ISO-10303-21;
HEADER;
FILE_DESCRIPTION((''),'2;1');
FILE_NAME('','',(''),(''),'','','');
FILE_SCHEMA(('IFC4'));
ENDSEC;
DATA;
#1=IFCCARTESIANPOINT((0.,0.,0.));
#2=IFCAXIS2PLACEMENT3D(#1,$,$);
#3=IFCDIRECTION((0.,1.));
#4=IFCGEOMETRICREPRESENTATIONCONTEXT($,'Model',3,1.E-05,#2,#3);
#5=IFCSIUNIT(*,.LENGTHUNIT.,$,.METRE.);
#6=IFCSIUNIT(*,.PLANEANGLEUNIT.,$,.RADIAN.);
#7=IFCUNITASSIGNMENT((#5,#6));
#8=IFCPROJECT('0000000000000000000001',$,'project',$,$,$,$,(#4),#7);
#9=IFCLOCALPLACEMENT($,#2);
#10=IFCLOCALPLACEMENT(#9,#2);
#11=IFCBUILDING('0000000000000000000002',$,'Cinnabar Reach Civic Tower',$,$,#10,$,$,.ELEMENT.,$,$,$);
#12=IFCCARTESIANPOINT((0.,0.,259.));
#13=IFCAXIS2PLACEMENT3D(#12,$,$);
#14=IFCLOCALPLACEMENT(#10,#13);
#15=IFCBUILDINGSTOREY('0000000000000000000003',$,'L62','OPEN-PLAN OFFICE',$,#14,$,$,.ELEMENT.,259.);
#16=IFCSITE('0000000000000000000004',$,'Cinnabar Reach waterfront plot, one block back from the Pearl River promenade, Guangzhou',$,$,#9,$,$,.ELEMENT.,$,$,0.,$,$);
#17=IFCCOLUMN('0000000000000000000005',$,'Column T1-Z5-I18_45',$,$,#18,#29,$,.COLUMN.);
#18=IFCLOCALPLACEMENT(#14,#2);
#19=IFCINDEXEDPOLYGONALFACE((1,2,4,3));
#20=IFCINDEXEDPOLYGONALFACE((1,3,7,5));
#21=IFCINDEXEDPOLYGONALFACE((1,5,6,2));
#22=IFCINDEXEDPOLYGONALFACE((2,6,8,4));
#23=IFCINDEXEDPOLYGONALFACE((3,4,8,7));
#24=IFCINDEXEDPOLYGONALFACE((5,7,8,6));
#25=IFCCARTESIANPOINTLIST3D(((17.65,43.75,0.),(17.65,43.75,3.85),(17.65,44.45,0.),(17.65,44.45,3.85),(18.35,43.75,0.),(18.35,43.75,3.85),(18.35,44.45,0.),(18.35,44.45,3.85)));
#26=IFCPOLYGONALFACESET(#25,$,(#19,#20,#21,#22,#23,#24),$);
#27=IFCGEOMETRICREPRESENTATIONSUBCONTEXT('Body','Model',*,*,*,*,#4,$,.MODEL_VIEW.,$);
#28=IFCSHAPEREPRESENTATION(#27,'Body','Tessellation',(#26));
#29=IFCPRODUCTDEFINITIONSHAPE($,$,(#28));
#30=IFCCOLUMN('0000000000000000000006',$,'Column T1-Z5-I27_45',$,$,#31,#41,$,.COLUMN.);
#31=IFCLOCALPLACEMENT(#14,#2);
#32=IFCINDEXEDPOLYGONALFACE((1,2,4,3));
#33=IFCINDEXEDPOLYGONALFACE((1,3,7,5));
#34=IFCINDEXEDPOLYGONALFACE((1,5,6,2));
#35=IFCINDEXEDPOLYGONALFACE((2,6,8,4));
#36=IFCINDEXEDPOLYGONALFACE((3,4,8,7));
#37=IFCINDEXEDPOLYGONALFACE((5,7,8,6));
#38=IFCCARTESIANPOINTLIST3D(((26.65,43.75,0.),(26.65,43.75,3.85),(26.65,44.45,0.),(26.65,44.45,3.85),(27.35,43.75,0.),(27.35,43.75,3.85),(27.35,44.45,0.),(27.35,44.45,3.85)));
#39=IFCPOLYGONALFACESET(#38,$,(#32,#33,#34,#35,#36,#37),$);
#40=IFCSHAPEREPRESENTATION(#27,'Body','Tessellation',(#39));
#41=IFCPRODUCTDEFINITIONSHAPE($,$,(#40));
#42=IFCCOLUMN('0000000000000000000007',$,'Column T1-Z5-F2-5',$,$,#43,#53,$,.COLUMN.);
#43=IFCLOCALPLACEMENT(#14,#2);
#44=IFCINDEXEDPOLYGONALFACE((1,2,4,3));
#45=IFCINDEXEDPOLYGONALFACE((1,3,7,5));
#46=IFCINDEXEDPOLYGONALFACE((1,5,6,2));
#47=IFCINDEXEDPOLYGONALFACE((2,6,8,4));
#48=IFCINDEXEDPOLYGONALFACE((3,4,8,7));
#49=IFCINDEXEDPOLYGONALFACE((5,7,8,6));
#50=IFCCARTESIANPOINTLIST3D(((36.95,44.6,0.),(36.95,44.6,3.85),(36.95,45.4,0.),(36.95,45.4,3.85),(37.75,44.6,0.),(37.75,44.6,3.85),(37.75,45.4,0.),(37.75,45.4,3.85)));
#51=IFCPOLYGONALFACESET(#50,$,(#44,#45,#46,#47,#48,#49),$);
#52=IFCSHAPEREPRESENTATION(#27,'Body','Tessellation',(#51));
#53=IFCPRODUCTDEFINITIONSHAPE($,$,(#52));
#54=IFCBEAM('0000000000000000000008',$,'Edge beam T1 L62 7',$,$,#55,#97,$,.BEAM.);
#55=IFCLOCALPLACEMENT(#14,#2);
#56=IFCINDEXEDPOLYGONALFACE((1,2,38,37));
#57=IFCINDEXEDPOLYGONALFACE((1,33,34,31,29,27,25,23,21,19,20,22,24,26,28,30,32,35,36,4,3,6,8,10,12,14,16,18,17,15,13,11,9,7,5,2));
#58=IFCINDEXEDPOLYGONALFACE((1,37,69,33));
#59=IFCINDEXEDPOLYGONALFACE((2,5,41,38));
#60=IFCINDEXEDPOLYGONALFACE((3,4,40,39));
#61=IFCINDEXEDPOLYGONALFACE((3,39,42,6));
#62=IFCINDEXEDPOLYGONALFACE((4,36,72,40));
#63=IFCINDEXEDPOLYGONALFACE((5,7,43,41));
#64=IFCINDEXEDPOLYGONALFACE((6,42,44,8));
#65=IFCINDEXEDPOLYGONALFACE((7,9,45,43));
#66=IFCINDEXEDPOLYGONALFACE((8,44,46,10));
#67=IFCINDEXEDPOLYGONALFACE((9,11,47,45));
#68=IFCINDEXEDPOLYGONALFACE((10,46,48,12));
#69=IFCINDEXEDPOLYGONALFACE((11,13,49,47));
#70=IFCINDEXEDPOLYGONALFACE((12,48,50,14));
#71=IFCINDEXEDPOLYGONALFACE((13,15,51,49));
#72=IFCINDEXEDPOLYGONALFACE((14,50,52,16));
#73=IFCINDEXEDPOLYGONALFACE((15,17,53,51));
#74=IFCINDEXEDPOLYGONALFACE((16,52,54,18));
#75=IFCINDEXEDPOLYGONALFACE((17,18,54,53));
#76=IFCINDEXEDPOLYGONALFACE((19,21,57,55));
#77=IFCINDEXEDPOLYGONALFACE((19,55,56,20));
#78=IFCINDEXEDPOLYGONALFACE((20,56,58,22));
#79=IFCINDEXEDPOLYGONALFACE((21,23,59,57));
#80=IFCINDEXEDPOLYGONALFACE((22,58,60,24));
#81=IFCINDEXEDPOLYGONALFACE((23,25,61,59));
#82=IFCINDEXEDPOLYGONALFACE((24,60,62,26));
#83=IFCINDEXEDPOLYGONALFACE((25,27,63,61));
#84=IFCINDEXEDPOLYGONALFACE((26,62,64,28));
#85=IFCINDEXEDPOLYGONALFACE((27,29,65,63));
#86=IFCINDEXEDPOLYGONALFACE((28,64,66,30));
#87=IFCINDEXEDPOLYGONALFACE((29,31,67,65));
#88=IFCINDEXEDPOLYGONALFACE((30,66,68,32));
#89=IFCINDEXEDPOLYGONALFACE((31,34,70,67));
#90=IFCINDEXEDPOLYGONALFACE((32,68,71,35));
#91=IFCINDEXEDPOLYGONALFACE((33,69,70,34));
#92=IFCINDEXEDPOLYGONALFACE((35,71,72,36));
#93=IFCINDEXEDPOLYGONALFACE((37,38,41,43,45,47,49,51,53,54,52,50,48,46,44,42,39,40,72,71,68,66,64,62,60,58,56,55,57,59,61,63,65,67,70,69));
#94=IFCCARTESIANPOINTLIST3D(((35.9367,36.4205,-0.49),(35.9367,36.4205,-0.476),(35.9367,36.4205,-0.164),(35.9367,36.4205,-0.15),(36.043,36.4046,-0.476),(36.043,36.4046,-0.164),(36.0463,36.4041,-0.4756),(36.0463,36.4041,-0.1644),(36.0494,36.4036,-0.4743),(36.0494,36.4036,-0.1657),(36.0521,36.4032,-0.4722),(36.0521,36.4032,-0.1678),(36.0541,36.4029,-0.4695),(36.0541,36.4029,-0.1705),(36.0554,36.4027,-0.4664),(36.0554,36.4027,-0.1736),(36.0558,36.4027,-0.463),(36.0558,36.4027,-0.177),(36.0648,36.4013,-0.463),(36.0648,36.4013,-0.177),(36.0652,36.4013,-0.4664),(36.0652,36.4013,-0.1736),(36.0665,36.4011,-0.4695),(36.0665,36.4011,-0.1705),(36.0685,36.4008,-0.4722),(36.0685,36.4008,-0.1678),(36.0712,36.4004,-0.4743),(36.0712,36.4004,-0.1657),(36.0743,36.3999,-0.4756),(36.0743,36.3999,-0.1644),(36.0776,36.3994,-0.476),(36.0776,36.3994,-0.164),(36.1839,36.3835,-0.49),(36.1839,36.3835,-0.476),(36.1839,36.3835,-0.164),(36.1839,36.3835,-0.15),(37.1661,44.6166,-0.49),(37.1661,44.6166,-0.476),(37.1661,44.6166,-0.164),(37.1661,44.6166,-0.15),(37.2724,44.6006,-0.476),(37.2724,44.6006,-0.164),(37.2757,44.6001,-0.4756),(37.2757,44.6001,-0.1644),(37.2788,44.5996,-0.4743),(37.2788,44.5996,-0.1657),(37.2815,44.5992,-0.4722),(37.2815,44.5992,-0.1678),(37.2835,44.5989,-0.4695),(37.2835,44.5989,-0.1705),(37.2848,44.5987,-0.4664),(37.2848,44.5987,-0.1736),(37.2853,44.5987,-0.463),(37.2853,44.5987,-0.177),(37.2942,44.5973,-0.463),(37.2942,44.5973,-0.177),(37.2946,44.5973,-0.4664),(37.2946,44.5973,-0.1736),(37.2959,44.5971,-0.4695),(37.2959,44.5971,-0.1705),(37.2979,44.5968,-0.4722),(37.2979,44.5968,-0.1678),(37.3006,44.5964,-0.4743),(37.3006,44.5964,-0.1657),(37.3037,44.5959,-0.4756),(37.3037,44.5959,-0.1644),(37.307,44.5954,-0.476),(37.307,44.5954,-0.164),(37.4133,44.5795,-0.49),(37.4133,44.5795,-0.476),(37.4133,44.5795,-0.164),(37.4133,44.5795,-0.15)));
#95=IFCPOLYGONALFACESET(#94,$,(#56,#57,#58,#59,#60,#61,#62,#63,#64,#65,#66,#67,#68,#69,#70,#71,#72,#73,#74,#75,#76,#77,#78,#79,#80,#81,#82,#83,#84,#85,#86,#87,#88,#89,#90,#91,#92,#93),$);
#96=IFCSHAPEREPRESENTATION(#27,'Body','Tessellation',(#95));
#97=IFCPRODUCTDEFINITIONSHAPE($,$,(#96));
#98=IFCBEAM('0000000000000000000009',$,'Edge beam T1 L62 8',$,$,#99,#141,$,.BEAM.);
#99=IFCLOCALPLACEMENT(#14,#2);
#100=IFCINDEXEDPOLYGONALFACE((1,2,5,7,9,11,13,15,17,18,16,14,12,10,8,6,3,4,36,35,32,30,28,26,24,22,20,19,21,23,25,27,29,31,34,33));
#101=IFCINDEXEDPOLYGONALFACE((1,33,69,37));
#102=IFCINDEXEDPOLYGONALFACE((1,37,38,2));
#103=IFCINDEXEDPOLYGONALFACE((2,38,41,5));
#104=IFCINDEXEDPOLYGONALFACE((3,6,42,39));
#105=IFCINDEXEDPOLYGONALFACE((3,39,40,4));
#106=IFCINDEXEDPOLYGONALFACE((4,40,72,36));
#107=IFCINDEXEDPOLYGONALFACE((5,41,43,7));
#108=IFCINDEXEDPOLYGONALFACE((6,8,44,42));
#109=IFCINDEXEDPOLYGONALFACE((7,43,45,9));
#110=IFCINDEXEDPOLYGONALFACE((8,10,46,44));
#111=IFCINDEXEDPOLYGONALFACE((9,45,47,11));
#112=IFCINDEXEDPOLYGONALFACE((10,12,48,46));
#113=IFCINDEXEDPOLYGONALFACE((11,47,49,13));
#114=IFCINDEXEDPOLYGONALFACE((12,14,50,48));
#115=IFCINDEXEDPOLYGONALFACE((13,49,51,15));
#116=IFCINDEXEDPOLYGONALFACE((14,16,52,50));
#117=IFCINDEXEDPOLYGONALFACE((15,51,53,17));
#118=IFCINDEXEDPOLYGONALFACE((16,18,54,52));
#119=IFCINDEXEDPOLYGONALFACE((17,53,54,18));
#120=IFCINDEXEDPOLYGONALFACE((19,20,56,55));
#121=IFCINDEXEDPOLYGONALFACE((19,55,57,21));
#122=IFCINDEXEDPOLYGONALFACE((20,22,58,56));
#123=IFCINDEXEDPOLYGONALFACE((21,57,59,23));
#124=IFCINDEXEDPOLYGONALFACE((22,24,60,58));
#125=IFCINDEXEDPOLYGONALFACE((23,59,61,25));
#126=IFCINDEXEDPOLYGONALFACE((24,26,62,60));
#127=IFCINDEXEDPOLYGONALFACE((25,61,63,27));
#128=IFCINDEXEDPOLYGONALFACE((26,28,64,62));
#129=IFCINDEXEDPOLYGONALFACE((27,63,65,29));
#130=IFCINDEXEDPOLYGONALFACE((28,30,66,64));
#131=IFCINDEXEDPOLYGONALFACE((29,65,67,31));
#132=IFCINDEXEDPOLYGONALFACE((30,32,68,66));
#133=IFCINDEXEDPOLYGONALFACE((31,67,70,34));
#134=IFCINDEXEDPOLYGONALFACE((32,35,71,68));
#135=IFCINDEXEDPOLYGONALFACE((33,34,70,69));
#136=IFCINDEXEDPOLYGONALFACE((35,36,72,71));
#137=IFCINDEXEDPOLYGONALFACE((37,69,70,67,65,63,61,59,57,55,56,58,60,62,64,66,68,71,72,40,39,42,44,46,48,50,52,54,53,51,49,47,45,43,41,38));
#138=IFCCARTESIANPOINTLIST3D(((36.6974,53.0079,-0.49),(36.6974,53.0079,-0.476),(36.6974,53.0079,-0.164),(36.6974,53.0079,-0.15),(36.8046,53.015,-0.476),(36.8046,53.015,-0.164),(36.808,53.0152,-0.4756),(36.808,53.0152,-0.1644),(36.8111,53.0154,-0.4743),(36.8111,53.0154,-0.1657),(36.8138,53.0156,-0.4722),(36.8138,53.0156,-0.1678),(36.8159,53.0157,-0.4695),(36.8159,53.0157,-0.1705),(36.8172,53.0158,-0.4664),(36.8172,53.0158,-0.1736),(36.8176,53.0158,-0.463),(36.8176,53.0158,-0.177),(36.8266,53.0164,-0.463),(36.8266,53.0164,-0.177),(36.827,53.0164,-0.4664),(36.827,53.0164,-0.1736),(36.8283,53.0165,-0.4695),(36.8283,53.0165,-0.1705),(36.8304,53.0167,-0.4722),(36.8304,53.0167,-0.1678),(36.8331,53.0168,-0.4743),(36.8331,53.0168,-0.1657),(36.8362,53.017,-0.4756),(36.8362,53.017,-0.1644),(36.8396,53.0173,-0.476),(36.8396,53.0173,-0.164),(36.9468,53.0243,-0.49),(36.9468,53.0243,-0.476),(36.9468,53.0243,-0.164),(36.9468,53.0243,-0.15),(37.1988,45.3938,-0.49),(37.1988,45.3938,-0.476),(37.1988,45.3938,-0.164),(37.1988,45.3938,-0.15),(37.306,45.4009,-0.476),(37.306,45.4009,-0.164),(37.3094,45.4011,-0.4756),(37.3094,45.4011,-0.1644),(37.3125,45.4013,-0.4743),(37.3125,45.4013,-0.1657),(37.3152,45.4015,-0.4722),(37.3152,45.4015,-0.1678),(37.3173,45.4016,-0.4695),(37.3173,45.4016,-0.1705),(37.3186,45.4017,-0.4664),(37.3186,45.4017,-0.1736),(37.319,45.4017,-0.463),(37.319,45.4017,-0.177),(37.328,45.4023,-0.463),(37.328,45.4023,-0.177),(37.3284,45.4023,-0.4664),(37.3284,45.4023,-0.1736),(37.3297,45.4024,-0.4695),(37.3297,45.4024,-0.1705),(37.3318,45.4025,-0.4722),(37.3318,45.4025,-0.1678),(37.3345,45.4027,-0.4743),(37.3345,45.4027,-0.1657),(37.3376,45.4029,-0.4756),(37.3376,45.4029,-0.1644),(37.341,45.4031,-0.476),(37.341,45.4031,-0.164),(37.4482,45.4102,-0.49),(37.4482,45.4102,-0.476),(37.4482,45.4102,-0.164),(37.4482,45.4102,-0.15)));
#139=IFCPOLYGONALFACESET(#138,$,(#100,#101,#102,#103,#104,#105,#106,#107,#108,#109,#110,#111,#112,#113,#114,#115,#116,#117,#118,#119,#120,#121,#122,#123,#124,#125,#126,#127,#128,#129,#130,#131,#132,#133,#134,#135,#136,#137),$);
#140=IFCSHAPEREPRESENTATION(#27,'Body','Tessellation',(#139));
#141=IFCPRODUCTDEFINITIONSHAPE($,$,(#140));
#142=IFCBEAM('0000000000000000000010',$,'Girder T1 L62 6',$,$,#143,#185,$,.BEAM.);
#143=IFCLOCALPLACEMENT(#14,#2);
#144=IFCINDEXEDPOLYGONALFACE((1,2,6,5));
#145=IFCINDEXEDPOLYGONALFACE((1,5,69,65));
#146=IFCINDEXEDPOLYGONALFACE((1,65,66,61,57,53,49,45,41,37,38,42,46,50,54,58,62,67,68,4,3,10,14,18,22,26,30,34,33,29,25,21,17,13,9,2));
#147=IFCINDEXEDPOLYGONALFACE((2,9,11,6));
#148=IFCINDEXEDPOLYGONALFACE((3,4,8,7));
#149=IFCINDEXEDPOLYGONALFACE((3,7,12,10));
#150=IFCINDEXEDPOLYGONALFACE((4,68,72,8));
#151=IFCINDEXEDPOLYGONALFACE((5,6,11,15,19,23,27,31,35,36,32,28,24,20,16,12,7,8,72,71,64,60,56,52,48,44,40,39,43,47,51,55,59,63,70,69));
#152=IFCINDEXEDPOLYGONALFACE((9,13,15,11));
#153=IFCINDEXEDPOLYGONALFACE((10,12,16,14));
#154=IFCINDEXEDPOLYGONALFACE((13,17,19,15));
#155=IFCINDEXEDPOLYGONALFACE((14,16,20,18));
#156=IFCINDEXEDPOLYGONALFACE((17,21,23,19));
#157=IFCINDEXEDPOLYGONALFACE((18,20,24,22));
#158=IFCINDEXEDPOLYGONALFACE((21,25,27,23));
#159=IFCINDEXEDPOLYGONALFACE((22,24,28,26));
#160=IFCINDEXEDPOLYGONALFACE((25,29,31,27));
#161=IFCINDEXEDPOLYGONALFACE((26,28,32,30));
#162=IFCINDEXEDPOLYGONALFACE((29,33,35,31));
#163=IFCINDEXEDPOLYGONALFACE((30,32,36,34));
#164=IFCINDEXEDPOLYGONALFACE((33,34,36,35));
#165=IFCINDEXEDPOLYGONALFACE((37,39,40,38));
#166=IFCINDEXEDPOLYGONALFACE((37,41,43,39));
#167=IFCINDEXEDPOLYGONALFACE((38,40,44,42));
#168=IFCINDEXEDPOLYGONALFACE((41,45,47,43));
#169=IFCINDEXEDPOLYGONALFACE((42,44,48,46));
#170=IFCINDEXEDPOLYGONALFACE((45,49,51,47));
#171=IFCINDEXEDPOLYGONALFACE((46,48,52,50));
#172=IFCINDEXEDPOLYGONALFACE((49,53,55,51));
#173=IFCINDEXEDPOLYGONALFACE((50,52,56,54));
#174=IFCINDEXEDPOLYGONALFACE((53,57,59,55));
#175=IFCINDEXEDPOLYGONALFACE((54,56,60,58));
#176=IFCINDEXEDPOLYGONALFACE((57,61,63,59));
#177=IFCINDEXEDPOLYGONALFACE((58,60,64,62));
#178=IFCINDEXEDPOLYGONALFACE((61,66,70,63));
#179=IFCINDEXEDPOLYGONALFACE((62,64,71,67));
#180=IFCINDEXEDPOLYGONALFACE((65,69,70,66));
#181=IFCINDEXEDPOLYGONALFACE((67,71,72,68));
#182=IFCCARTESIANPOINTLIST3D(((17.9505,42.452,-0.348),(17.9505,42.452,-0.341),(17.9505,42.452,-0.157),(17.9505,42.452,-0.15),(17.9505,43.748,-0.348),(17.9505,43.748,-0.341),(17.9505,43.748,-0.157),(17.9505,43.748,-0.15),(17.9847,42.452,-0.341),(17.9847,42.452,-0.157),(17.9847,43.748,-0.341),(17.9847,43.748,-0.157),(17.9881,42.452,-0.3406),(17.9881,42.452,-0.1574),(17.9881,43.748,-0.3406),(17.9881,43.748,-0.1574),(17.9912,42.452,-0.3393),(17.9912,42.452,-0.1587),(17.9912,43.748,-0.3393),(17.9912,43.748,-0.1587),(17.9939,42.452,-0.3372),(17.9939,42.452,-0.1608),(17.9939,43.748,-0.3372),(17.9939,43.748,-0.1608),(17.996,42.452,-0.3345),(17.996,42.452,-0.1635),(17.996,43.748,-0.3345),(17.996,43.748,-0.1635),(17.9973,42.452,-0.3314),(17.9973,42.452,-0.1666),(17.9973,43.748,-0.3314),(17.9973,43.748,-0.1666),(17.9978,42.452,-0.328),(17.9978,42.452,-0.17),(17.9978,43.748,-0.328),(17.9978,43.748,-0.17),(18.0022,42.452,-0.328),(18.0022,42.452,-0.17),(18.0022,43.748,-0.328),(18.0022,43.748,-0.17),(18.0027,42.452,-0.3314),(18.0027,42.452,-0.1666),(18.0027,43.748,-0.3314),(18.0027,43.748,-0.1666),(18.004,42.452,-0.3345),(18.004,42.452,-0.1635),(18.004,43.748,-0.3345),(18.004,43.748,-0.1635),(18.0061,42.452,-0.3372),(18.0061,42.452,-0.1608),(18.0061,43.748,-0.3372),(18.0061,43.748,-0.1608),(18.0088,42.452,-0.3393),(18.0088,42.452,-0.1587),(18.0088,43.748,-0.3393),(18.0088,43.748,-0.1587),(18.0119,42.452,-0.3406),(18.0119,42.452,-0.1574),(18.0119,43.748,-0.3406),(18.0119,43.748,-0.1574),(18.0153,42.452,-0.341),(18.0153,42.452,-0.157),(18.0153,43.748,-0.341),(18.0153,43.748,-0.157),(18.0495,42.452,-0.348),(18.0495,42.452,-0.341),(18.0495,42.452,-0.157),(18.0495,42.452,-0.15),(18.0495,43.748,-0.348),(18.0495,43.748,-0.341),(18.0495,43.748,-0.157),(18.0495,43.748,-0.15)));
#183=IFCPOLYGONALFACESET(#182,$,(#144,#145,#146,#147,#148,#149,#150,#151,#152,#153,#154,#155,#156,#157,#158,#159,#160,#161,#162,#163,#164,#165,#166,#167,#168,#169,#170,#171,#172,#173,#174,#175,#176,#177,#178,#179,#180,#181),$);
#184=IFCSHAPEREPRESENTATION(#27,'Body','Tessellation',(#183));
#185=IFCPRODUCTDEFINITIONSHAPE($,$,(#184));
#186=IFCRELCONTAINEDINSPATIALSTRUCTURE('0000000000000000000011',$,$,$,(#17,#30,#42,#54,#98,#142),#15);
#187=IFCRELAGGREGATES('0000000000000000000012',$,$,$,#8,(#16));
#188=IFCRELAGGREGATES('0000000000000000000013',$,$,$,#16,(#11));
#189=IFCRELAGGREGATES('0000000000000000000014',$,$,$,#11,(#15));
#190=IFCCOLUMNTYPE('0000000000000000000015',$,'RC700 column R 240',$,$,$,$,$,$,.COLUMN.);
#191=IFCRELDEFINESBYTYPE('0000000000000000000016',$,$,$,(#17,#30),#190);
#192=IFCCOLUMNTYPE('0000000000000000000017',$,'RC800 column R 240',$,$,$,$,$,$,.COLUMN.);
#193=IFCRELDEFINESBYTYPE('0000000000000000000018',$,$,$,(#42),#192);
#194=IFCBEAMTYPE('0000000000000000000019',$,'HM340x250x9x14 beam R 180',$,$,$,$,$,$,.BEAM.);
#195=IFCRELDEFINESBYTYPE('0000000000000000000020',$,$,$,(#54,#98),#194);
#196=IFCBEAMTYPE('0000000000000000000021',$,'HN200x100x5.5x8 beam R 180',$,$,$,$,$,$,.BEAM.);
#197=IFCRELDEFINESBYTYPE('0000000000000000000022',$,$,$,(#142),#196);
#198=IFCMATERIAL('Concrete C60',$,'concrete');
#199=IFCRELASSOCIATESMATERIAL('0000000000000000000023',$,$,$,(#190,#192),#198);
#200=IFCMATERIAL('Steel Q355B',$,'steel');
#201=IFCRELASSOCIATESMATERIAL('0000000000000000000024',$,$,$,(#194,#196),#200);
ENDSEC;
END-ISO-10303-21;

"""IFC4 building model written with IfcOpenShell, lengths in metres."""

from ifc_helpers import new_model, si_unit, direction, frame, origin, origin_2d, place, context, subcontext, project, spatial, rectangle, i_section, extrude, material, material_profile, profile_set, type_object, element, save


model = new_model("IFC4")

# Units and contexts
model_context = context("Model", 3, precision=1e-05, world=origin(), true_north=direction((0.0, 1.0)))
body_context = subcontext(model_context, "Body", "Model", "MODEL_VIEW")
ifc_project = project(units=[si_unit("LENGTHUNIT", "METRE"), si_unit("PLANEANGLEUNIT", "RADIAN")], contexts=[model_context])

# Site, building, storey
site_placement = place(None, origin())
site = spatial("IfcSite", under=ifc_project, at=site_placement, Name="Cinnabar Reach waterfront plot, one block back from the Pearl River promenade, Guangzhou", CompositionType="ELEMENT", RefElevation=0.0)
building_placement = place(site_placement, origin())
building = spatial("IfcBuilding", under=site, at=building_placement, Name="Cinnabar Reach Civic Tower", CompositionType="ELEMENT")
storey_placement = place(building_placement, frame((0.0, 0.0, 259.0)))
storey = spatial("IfcBuildingStorey", under=building, at=storey_placement, Name="L62", Description="OPEN-PLAN OFFICE", CompositionType="ELEMENT", Elevation=259.0)

# Columns
ifc_material_1 = material(Name="Concrete C60", Category="concrete")
ifc_material_profile_1 = material_profile(ifc_material_1, rectangle(XDim=0.7, YDim=0.7, at=origin_2d()), Name="RC700")
ifc_profile_set_1 = profile_set([ifc_material_profile_1], Name="Concrete C60")
column_type_1 = type_object("IfcColumnType", Name="RC700 column R 240", PredefinedType="COLUMN", material=ifc_profile_set_1)
for number, where, z_axis, x_axis, name in (
    (1, (18.0, 44.1, 0.0), (0.0, 0.0, 1.0), (1.0, 0.0, 0.0), "Column T1-Z5-I18_45"),
    (2, (27.0, 44.1, 0.0), (0.0, 0.0, 1.0), (1.0, 0.0, 0.0), "Column T1-Z5-I27_45"),
):
    element("IfcColumn", number, at=place(storey_placement, frame(where, z_axis=z_axis, x_axis=x_axis)), inside=storey, type_object=column_type_1, Name=name, PredefinedType="COLUMN", context=body_context, shape_type="SweptSolid", body=[
        extrude(rectangle(XDim=0.7, YDim=0.7, at=origin_2d()), origin(), (0.0, 0.0, 1.0), 3.85),
    ])
ifc_material_profile_2 = material_profile(ifc_material_1, rectangle(XDim=0.8, YDim=0.8, at=origin_2d()), Name="RC800")
ifc_profile_set_2 = profile_set([ifc_material_profile_2], Name="Concrete C60")
column_type_2 = type_object("IfcColumnType", Name="RC800 column R 240", PredefinedType="COLUMN", material=ifc_profile_set_2)
column_placement = place(storey_placement, frame((37.35, 45.0, 0.0), z_axis=(0.0, 0.0, 1.0), x_axis=(1.0, 0.0, 0.0)))
element("IfcColumn", 3, at=column_placement, inside=storey, type_object=column_type_2, Name="Column T1-Z5-F2-5", PredefinedType="COLUMN", context=body_context, shape_type="SweptSolid", body=[
    extrude(rectangle(XDim=0.8, YDim=0.8, at=origin_2d()), origin(), (0.0, 0.0, 1.0), 3.85),
])

# Beams
ifc_material_2 = material(Name="Steel Q355B", Category="steel")
ifc_material_profile_3 = material_profile(ifc_material_2, i_section(OverallWidth=0.25, OverallDepth=0.34, WebThickness=0.009, FlangeThickness=0.014, FilletRadius=0.013, at=origin_2d()), Name="HM340x250x9x14")
ifc_profile_set_3 = profile_set([ifc_material_profile_3], Name="Steel Q355B")
beam_type_1 = type_object("IfcBeamType", Name="HM340x250x9x14 beam R 180", PredefinedType="BEAM", material=ifc_profile_set_3)
beam_1_placement = place(storey_placement, frame((36.0603, 36.402, -0.32), z_axis=(0.14834, 0.988936, 0.0), x_axis=(-0.988936, 0.14834, 0.0)))
element("IfcBeam", 4, at=beam_1_placement, inside=storey, type_object=beam_type_1, Name="Edge beam T1 L62 7", PredefinedType="BEAM", context=body_context, shape_type="SweptSolid", body=[
    extrude(i_section(OverallWidth=0.25, OverallDepth=0.34, WebThickness=0.009, FlangeThickness=0.014, FilletRadius=0.013, at=origin_2d()), origin(), (0.0, 0.0, 1.0), 8.2877),
])
beam_2_placement = place(storey_placement, frame((37.3235, 45.402, -0.32), z_axis=(-0.065709, 0.997839, 0.0), x_axis=(-0.997839, -0.065709, 0.0)))
element("IfcBeam", 5, at=beam_2_placement, inside=storey, type_object=beam_type_1, Name="Edge beam T1 L62 8", PredefinedType="BEAM", context=body_context, shape_type="SweptSolid", body=[
    extrude(i_section(OverallWidth=0.25, OverallDepth=0.34, WebThickness=0.009, FlangeThickness=0.014, FilletRadius=0.013, at=origin_2d()), origin(), (0.0, 0.0, 1.0), 7.6306),
])
ifc_material_profile_4 = material_profile(ifc_material_2, i_section(OverallWidth=0.099, OverallDepth=0.198, WebThickness=0.0045, FlangeThickness=0.007, FilletRadius=0.013, at=origin_2d()), Name="HN200x100x5.5x8")
ifc_profile_set_4 = profile_set([ifc_material_profile_4], Name="Steel Q355B")
beam_type_2 = type_object("IfcBeamType", Name="HN200x100x5.5x8 beam R 180", PredefinedType="BEAM", material=ifc_profile_set_4)
beam_3_placement = place(storey_placement, frame((18.0, 42.452, -0.249), z_axis=(0.0, 1.0, 0.0), x_axis=(-1.0, 0.0, 0.0)))
element("IfcBeam", 6, at=beam_3_placement, inside=storey, type_object=beam_type_2, Name="Girder T1 L62 6", PredefinedType="BEAM", context=body_context, shape_type="SweptSolid", body=[
    extrude(i_section(OverallWidth=0.099, OverallDepth=0.198, WebThickness=0.0045, FlangeThickness=0.007, FilletRadius=0.013, at=origin_2d()), origin(), (0.0, 0.0, 1.0), 1.296),
])

save(model, "model.ifc")
